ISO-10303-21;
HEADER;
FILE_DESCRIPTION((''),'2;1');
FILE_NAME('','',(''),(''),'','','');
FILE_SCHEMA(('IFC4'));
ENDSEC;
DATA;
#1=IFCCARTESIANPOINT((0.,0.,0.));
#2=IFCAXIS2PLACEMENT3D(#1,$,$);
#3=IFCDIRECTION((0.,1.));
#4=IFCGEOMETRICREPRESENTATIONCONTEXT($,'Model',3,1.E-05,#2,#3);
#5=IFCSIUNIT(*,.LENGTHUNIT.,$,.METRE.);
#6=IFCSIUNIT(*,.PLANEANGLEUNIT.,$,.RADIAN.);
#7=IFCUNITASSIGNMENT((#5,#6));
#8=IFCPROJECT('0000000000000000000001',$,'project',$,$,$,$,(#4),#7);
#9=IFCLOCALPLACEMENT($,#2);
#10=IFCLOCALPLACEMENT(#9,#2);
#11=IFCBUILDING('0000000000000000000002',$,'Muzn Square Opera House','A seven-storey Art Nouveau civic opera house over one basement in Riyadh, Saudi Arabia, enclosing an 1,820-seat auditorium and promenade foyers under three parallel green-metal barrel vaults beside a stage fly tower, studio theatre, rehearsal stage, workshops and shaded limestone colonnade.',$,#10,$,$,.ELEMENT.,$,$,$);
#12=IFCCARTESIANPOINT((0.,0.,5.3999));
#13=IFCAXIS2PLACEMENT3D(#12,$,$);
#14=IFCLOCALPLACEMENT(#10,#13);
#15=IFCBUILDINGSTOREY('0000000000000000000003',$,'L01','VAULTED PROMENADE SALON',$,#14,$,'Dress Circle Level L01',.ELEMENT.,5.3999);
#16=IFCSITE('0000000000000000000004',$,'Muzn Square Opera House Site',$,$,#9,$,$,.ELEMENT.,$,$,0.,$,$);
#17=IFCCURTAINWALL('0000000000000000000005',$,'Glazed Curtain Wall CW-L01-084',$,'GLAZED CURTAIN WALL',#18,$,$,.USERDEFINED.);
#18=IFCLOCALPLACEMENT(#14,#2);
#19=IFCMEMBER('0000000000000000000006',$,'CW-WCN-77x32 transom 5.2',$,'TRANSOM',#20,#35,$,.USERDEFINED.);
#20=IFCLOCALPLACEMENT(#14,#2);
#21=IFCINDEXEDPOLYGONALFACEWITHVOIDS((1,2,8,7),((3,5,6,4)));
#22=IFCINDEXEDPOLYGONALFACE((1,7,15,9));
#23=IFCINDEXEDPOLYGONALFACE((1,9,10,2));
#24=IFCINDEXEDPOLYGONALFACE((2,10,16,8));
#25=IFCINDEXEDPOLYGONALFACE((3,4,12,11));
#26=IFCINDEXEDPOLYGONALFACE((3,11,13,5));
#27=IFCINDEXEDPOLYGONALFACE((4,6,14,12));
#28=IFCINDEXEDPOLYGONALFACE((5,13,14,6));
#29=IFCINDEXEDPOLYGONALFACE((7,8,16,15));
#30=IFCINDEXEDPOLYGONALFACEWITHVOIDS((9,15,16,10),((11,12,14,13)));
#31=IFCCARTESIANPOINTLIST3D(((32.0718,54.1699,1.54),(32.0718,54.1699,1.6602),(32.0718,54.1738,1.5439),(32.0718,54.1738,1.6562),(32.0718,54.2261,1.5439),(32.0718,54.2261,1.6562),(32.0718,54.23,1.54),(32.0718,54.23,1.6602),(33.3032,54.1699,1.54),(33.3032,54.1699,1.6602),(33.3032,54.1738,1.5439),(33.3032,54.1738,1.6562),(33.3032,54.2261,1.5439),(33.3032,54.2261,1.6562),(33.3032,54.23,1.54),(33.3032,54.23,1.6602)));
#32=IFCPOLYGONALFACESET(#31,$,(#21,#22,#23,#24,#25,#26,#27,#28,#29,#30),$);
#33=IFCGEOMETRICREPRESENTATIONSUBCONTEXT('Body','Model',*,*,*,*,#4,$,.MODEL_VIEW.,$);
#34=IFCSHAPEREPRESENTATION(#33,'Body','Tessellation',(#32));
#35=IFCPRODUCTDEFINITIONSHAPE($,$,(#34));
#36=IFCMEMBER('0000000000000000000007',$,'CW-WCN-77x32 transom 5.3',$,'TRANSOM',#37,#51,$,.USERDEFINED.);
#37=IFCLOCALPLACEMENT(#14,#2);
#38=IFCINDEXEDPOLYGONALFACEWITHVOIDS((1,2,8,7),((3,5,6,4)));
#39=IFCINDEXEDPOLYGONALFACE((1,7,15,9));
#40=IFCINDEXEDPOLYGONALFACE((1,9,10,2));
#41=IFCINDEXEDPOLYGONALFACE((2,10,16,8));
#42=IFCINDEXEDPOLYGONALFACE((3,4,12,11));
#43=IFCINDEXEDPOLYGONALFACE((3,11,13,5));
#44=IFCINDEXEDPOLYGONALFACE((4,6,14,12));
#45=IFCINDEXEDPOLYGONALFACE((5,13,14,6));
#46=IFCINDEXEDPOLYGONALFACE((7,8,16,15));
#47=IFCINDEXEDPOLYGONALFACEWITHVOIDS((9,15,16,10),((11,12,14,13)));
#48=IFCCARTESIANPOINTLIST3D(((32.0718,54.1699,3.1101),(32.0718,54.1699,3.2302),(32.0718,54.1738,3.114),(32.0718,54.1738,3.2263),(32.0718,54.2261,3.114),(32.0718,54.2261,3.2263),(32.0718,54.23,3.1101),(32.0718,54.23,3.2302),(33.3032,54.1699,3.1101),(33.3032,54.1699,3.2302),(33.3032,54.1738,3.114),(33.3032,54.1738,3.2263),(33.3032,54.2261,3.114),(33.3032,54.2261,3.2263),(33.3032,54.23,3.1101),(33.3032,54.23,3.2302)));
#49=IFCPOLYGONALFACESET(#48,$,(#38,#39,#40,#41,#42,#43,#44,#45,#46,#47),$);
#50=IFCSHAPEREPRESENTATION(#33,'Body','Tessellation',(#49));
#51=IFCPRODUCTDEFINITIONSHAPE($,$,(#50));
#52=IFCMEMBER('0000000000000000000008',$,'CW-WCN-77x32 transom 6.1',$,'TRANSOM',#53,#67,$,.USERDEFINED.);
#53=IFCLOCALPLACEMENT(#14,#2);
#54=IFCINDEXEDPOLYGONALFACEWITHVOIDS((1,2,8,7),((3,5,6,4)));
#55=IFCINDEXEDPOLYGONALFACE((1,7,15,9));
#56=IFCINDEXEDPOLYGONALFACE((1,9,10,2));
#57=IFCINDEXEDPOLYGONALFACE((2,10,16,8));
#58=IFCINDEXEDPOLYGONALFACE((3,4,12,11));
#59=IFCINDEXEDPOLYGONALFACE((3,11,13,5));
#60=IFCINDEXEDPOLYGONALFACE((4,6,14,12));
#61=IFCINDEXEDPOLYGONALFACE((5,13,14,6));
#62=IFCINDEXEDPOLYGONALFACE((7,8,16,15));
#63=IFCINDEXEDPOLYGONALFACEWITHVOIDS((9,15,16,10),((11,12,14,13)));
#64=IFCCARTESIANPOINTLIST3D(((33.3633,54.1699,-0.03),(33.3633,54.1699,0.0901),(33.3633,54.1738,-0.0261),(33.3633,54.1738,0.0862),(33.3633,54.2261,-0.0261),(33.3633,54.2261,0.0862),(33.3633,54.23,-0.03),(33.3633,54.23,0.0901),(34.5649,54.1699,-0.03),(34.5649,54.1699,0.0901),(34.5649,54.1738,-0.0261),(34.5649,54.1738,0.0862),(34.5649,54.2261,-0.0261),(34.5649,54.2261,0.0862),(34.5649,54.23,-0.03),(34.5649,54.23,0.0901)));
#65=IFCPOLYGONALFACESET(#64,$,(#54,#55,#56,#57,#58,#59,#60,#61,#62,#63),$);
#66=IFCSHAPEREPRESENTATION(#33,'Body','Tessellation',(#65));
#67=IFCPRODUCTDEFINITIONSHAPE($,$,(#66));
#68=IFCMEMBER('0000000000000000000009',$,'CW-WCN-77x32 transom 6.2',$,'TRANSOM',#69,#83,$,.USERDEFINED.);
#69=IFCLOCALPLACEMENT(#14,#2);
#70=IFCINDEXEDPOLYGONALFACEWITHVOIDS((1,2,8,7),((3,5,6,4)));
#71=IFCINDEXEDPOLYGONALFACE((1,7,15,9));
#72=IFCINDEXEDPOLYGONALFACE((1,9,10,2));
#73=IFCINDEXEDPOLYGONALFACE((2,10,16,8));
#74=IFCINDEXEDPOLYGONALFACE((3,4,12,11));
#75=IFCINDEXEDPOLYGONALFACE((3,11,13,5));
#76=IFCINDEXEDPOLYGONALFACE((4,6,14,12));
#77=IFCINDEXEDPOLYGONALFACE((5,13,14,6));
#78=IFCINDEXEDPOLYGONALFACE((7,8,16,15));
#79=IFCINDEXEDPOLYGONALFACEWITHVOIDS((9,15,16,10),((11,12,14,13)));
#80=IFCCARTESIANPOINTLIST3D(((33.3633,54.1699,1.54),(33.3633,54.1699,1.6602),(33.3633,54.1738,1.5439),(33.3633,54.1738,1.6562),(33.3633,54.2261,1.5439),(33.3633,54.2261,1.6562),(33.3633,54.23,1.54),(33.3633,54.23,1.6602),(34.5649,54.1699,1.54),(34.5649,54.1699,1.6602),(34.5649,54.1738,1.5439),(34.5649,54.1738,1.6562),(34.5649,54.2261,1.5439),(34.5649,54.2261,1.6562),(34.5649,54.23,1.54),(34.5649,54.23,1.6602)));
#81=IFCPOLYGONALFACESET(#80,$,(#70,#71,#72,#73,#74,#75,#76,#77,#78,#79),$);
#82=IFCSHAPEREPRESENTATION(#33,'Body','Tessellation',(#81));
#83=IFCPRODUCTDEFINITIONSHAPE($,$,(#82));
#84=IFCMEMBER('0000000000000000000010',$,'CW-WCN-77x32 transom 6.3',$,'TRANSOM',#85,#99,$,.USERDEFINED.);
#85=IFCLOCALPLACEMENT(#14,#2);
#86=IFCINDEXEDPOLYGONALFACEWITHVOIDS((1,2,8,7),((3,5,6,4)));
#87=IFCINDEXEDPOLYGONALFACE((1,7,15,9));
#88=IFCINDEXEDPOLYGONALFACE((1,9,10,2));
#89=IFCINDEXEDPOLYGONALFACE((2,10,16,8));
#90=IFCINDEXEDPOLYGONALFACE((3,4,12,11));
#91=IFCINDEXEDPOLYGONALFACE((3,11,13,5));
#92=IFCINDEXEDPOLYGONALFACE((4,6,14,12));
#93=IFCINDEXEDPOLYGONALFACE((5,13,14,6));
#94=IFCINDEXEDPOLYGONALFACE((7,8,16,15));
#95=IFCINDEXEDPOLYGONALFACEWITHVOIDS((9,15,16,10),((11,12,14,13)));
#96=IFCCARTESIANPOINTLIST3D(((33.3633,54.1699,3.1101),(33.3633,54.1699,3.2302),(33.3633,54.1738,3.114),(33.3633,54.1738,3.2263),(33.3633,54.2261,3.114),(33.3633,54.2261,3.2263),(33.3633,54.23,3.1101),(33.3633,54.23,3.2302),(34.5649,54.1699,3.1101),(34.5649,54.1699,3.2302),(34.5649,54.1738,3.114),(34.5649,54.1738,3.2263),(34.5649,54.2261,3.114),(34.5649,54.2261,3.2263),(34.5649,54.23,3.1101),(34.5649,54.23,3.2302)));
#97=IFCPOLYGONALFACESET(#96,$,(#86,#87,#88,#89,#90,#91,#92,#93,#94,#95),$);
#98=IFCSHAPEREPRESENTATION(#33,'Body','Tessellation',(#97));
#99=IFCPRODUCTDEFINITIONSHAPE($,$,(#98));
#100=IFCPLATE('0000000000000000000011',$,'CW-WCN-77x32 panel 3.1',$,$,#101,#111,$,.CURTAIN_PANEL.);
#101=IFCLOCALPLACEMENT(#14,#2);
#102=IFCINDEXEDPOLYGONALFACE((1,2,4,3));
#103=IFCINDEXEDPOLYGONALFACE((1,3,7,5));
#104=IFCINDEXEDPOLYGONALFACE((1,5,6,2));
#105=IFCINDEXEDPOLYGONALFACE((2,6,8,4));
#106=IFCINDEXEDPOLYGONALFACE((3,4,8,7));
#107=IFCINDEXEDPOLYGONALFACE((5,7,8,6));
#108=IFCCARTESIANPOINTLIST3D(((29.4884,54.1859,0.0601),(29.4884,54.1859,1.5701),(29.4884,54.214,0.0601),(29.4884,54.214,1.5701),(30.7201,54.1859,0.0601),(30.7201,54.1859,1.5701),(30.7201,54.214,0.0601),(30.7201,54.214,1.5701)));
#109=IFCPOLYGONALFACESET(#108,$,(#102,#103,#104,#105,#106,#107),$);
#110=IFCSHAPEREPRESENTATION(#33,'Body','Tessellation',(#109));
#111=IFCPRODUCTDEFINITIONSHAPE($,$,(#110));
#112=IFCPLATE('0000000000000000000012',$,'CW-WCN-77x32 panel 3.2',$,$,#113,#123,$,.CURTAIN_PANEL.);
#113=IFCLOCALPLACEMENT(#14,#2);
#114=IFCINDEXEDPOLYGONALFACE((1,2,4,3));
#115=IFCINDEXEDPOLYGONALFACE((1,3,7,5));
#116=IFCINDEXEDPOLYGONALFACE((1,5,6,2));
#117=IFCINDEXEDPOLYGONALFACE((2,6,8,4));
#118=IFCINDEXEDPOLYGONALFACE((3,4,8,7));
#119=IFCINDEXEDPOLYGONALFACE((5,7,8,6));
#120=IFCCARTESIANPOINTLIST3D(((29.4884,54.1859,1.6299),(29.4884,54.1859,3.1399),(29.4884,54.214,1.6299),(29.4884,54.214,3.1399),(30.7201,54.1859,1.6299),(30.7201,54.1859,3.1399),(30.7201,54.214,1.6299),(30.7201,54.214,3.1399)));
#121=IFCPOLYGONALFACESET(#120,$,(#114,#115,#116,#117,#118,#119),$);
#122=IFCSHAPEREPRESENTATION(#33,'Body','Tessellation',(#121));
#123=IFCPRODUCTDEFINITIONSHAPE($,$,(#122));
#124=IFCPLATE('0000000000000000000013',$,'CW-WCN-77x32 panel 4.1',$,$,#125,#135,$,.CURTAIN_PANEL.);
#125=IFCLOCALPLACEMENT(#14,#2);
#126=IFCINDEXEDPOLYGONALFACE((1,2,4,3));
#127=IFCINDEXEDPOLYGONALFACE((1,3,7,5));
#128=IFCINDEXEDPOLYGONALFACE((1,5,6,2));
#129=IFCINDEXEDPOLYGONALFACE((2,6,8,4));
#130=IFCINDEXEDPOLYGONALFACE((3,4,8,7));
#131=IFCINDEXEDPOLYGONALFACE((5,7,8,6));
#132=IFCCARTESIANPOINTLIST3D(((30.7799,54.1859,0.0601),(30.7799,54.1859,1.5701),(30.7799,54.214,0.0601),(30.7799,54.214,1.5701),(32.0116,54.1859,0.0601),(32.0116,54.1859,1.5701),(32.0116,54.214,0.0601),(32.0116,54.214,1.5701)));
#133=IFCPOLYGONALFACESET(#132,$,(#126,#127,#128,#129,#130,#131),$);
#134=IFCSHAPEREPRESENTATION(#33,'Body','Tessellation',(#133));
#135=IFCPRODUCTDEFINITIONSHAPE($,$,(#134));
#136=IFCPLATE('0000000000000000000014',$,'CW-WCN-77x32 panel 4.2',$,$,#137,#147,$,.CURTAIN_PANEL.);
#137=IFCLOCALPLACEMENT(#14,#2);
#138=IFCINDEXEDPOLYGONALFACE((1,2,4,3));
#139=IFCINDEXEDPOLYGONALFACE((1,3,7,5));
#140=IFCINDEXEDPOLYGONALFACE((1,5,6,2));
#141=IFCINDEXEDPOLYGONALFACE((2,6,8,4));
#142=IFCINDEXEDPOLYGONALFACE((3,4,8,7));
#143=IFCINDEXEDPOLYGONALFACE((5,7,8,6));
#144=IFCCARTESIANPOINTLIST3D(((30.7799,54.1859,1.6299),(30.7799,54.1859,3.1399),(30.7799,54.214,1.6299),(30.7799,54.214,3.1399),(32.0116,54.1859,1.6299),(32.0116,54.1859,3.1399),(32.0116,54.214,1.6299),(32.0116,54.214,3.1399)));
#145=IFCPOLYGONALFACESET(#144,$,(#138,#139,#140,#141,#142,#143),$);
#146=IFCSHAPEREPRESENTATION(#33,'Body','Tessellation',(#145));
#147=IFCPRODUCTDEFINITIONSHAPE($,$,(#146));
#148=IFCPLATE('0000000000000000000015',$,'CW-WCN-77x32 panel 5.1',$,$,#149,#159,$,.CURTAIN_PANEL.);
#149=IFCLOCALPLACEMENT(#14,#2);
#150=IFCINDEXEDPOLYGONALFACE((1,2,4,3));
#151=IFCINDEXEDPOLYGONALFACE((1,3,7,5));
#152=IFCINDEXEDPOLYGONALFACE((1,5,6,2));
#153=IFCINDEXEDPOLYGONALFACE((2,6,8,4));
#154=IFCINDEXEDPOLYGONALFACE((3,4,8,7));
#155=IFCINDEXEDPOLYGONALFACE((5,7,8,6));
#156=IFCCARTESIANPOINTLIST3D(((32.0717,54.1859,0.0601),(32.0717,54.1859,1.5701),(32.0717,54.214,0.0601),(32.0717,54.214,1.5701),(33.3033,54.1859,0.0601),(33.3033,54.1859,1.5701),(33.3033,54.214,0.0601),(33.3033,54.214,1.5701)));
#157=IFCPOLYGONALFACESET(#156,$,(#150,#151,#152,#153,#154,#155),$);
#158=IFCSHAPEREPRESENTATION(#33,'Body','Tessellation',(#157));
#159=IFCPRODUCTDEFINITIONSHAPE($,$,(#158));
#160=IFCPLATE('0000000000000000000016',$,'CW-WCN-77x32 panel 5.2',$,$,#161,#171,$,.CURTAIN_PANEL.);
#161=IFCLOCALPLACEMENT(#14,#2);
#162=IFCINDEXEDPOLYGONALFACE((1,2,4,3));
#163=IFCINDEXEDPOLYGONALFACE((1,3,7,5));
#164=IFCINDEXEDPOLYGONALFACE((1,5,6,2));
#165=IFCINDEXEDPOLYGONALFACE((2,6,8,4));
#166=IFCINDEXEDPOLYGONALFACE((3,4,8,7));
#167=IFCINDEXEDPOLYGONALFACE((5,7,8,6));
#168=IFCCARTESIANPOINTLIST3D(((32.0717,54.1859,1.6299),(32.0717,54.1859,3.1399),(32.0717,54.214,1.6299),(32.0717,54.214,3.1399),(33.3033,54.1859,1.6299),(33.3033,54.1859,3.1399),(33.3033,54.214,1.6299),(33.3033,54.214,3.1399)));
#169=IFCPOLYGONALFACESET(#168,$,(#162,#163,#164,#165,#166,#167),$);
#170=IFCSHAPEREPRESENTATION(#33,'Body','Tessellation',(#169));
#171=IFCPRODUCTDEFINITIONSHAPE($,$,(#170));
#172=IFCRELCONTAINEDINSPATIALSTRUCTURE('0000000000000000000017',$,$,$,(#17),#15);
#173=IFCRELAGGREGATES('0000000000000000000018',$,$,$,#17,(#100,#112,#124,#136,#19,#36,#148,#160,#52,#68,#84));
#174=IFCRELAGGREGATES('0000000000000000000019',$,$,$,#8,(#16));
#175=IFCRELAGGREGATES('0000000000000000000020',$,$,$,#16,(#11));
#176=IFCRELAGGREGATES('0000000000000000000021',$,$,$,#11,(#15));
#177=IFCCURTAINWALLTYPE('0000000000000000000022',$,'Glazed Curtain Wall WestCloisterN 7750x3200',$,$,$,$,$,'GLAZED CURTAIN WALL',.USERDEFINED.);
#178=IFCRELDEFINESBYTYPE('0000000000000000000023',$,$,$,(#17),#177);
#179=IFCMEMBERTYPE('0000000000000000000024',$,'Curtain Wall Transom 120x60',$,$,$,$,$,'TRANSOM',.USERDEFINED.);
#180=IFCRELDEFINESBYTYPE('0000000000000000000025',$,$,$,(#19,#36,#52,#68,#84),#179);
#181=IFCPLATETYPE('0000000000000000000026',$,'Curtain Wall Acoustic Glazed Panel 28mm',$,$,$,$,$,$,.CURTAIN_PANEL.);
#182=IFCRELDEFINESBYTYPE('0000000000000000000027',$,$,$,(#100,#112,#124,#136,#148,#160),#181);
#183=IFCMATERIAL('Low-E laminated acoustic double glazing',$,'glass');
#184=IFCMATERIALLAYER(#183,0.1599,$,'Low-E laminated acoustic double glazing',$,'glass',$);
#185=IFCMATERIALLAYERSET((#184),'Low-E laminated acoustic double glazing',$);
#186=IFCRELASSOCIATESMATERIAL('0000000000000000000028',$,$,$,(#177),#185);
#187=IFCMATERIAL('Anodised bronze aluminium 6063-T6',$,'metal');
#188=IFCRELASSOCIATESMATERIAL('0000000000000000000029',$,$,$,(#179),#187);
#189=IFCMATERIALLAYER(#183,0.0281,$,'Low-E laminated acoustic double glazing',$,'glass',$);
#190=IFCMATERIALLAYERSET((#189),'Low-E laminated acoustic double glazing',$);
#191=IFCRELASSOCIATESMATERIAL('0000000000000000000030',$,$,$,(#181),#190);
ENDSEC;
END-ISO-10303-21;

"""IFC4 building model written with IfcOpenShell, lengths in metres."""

from ifc_helpers import new_model, si_unit, direction, frame, origin, origin_2d, place, context, subcontext, project, spatial, rectangle, hollow_rectangle, extrude, material, layer, layer_set, material_profile, profile_set, type_object, element, aggregate, save


model = new_model("IFC4")

# Units and contexts
model_context = context("Model", 3, precision=1e-05, world=origin(), true_north=direction((0.0, 1.0)))
body_context = subcontext(model_context, "Body", "Model", "MODEL_VIEW")
ifc_project = project(units=[si_unit("LENGTHUNIT", "METRE"), si_unit("PLANEANGLEUNIT", "RADIAN")], contexts=[model_context])

# Site, building, storey
site_placement = place(None, origin())
site = spatial("IfcSite", under=ifc_project, at=site_placement, Name="Muzn Square Opera House Site", CompositionType="ELEMENT", RefElevation=0.0)
building_placement = place(site_placement, origin())
building = spatial("IfcBuilding", under=site, at=building_placement, Name="Muzn Square Opera House", Description="A seven-storey Art Nouveau civic opera house over one basement in Riyadh, Saudi Arabia, enclosing an 1,820-seat auditorium and promenade foyers under three parallel green-metal barrel vaults beside a stage fly tower, studio theatre, rehearsal stage, workshops and shaded limestone colonnade.", CompositionType="ELEMENT")
storey_placement = place(building_placement, frame((0.0, 0.0, 5.3999)))
storey = spatial("IfcBuildingStorey", under=building, at=storey_placement, Name="L01", Description="VAULTED PROMENADE SALON", LongName="Dress Circle Level L01", CompositionType="ELEMENT", Elevation=5.3999)

# Curtain wall, members, plates
ifc_material_1 = material(Name="Low-E laminated acoustic double glazing", Category="glass")
ifc_layer_1 = layer(ifc_material_1, 0.1599, Name="Low-E laminated acoustic double glazing", Category="glass")
ifc_layer_set_1 = layer_set([ifc_layer_1], Name="Low-E laminated acoustic double glazing")
curtain_wall_type = type_object("IfcCurtainWallType", Name="Glazed Curtain Wall WestCloisterN 7750x3200", ElementType="GLAZED CURTAIN WALL", PredefinedType="USERDEFINED", material=ifc_layer_set_1)
curtain_wall_placement = place(storey_placement, origin())
curtain_wall = element("IfcCurtainWall", 1, at=curtain_wall_placement, inside=storey, type_object=curtain_wall_type, Name="Glazed Curtain Wall CW-L01-084", ObjectType="GLAZED CURTAIN WALL", PredefinedType="USERDEFINED")
ifc_material_2 = material(Name="Anodised bronze aluminium 6063-T6", Category="metal")
ifc_material_profile_1 = material_profile(ifc_material_2, hollow_rectangle(XDim=0.0601, YDim=0.1201, WallThickness=0.0039, at=origin_2d()), Name="ALU 120x60x4", Category="metal")
ifc_profile_set_1 = profile_set([ifc_material_profile_1], Name="Anodised bronze aluminium 6063-T6")
member_type_1 = type_object("IfcMemberType", Name="Curtain Wall Transom 120x60", ElementType="TRANSOM", PredefinedType="USERDEFINED", material=ifc_profile_set_1)
member_1_placement = place(storey_placement, frame((32.0718, 54.2, 1.6001), z_axis=(1.0, 0.0, 0.0), x_axis=(0.0, 1.0, 0.0)))
member_1 = element("IfcMember", 2, at=member_1_placement, type_object=member_type_1, Name="CW-WCN-77x32 transom 5.2", ObjectType="TRANSOM", PredefinedType="USERDEFINED", context=body_context, shape_type="SweptSolid", body=[
    extrude(hollow_rectangle(XDim=0.0601, YDim=0.1201, WallThickness=0.0039, at=origin_2d()), origin(), (0.0, 0.0, 1.0), 1.2314),
])
member_2_placement = place(storey_placement, frame((32.0718, 54.2, 3.1702), z_axis=(1.0, 0.0, 0.0), x_axis=(0.0, 1.0, 0.0)))
member_2 = element("IfcMember", 3, at=member_2_placement, type_object=member_type_1, Name="CW-WCN-77x32 transom 5.3", ObjectType="TRANSOM", PredefinedType="USERDEFINED", context=body_context, shape_type="SweptSolid", body=[
    extrude(hollow_rectangle(XDim=0.0601, YDim=0.1201, WallThickness=0.0039, at=origin_2d()), origin(), (0.0, 0.0, 1.0), 1.2314),
])
member_3_placement = place(storey_placement, frame((33.3633, 54.2, 0.03), z_axis=(1.0, 0.0, 0.0), x_axis=(0.0, 1.0, 0.0)))
member_3 = element("IfcMember", 4, at=member_3_placement, type_object=member_type_1, Name="CW-WCN-77x32 transom 6.1", ObjectType="TRANSOM", PredefinedType="USERDEFINED", context=body_context, shape_type="SweptSolid", body=[
    extrude(hollow_rectangle(XDim=0.0601, YDim=0.1201, WallThickness=0.0039, at=origin_2d()), origin(), (0.0, 0.0, 1.0), 1.2017),
])
member_4_placement = place(storey_placement, frame((33.3633, 54.2, 1.6001), z_axis=(1.0, 0.0, 0.0), x_axis=(0.0, 1.0, 0.0)))
member_4 = element("IfcMember", 5, at=member_4_placement, type_object=member_type_1, Name="CW-WCN-77x32 transom 6.2", ObjectType="TRANSOM", PredefinedType="USERDEFINED", context=body_context, shape_type="SweptSolid", body=[
    extrude(hollow_rectangle(XDim=0.0601, YDim=0.1201, WallThickness=0.0039, at=origin_2d()), origin(), (0.0, 0.0, 1.0), 1.2017),
])
member_5_placement = place(storey_placement, frame((33.3633, 54.2, 3.1702), z_axis=(1.0, 0.0, 0.0), x_axis=(0.0, 1.0, 0.0)))
member_5 = element("IfcMember", 6, at=member_5_placement, type_object=member_type_1, Name="CW-WCN-77x32 transom 6.3", ObjectType="TRANSOM", PredefinedType="USERDEFINED", context=body_context, shape_type="SweptSolid", body=[
    extrude(hollow_rectangle(XDim=0.0601, YDim=0.1201, WallThickness=0.0039, at=origin_2d()), origin(), (0.0, 0.0, 1.0), 1.2017),
])
ifc_layer_2 = layer(ifc_material_1, 0.0281, Name="Low-E laminated acoustic double glazing", Category="glass")
ifc_layer_set_2 = layer_set([ifc_layer_2], Name="Low-E laminated acoustic double glazing")
plate_type = type_object("IfcPlateType", Name="Curtain Wall Acoustic Glazed Panel 28mm", PredefinedType="CURTAIN_PANEL", material=ifc_layer_set_2)
plate_1_placement = place(storey_placement, frame((30.1042, 54.2, 0.0601), z_axis=(0.0, 0.0, 1.0), x_axis=(1.0, 0.0, 0.0)))
plate_1 = element("IfcPlate", 7, at=plate_1_placement, type_object=plate_type, Name="CW-WCN-77x32 panel 3.1", PredefinedType="CURTAIN_PANEL", context=body_context, shape_type="SweptSolid", body=[
    extrude(rectangle(XDim=1.2317, YDim=0.0281, at=origin_2d()), origin(), (0.0, 0.0, 1.0), 1.51),
])
plate_2_placement = place(storey_placement, frame((30.1042, 54.2, 1.6299), z_axis=(0.0, 0.0, 1.0), x_axis=(1.0, 0.0, 0.0)))
plate_2 = element("IfcPlate", 8, at=plate_2_placement, type_object=plate_type, Name="CW-WCN-77x32 panel 3.2", PredefinedType="CURTAIN_PANEL", context=body_context, shape_type="SweptSolid", body=[
    extrude(rectangle(XDim=1.2317, YDim=0.0281, at=origin_2d()), origin(), (0.0, 0.0, 1.0), 1.51),
])
plate_3_placement = place(storey_placement, frame((31.3958, 54.2, 0.0601), z_axis=(0.0, 0.0, 1.0), x_axis=(1.0, 0.0, 0.0)))
plate_3 = element("IfcPlate", 9, at=plate_3_placement, type_object=plate_type, Name="CW-WCN-77x32 panel 4.1", PredefinedType="CURTAIN_PANEL", context=body_context, shape_type="SweptSolid", body=[
    extrude(rectangle(XDim=1.2317, YDim=0.0281, at=origin_2d()), origin(), (0.0, 0.0, 1.0), 1.51),
])
plate_4_placement = place(storey_placement, frame((31.3958, 54.2, 1.6299), z_axis=(0.0, 0.0, 1.0), x_axis=(1.0, 0.0, 0.0)))
plate_4 = element("IfcPlate", 10, at=plate_4_placement, type_object=plate_type, Name="CW-WCN-77x32 panel 4.2", PredefinedType="CURTAIN_PANEL", context=body_context, shape_type="SweptSolid", body=[
    extrude(rectangle(XDim=1.2317, YDim=0.0281, at=origin_2d()), origin(), (0.0, 0.0, 1.0), 1.51),
])
plate_5_placement = place(storey_placement, frame((32.6875, 54.2, 0.0601), z_axis=(0.0, 0.0, 1.0), x_axis=(1.0, 0.0, 0.0)))
plate_5 = element("IfcPlate", 11, at=plate_5_placement, type_object=plate_type, Name="CW-WCN-77x32 panel 5.1", PredefinedType="CURTAIN_PANEL", context=body_context, shape_type="SweptSolid", body=[
    extrude(rectangle(XDim=1.2317, YDim=0.0281, at=origin_2d()), origin(), (0.0, 0.0, 1.0), 1.51),
])
plate_6_placement = place(storey_placement, frame((32.6875, 54.2, 1.6299), z_axis=(0.0, 0.0, 1.0), x_axis=(1.0, 0.0, 0.0)))
plate_6 = element("IfcPlate", 12, at=plate_6_placement, type_object=plate_type, Name="CW-WCN-77x32 panel 5.2", PredefinedType="CURTAIN_PANEL", context=body_context, shape_type="SweptSolid", body=[
    extrude(rectangle(XDim=1.2317, YDim=0.0281, at=origin_2d()), origin(), (0.0, 0.0, 1.0), 1.51),
])
aggregate(curtain_wall, [plate_1, plate_2, plate_3, plate_4, member_1, member_2, plate_5, plate_6, member_3, member_4, member_5])

save(model, "model.ifc")
